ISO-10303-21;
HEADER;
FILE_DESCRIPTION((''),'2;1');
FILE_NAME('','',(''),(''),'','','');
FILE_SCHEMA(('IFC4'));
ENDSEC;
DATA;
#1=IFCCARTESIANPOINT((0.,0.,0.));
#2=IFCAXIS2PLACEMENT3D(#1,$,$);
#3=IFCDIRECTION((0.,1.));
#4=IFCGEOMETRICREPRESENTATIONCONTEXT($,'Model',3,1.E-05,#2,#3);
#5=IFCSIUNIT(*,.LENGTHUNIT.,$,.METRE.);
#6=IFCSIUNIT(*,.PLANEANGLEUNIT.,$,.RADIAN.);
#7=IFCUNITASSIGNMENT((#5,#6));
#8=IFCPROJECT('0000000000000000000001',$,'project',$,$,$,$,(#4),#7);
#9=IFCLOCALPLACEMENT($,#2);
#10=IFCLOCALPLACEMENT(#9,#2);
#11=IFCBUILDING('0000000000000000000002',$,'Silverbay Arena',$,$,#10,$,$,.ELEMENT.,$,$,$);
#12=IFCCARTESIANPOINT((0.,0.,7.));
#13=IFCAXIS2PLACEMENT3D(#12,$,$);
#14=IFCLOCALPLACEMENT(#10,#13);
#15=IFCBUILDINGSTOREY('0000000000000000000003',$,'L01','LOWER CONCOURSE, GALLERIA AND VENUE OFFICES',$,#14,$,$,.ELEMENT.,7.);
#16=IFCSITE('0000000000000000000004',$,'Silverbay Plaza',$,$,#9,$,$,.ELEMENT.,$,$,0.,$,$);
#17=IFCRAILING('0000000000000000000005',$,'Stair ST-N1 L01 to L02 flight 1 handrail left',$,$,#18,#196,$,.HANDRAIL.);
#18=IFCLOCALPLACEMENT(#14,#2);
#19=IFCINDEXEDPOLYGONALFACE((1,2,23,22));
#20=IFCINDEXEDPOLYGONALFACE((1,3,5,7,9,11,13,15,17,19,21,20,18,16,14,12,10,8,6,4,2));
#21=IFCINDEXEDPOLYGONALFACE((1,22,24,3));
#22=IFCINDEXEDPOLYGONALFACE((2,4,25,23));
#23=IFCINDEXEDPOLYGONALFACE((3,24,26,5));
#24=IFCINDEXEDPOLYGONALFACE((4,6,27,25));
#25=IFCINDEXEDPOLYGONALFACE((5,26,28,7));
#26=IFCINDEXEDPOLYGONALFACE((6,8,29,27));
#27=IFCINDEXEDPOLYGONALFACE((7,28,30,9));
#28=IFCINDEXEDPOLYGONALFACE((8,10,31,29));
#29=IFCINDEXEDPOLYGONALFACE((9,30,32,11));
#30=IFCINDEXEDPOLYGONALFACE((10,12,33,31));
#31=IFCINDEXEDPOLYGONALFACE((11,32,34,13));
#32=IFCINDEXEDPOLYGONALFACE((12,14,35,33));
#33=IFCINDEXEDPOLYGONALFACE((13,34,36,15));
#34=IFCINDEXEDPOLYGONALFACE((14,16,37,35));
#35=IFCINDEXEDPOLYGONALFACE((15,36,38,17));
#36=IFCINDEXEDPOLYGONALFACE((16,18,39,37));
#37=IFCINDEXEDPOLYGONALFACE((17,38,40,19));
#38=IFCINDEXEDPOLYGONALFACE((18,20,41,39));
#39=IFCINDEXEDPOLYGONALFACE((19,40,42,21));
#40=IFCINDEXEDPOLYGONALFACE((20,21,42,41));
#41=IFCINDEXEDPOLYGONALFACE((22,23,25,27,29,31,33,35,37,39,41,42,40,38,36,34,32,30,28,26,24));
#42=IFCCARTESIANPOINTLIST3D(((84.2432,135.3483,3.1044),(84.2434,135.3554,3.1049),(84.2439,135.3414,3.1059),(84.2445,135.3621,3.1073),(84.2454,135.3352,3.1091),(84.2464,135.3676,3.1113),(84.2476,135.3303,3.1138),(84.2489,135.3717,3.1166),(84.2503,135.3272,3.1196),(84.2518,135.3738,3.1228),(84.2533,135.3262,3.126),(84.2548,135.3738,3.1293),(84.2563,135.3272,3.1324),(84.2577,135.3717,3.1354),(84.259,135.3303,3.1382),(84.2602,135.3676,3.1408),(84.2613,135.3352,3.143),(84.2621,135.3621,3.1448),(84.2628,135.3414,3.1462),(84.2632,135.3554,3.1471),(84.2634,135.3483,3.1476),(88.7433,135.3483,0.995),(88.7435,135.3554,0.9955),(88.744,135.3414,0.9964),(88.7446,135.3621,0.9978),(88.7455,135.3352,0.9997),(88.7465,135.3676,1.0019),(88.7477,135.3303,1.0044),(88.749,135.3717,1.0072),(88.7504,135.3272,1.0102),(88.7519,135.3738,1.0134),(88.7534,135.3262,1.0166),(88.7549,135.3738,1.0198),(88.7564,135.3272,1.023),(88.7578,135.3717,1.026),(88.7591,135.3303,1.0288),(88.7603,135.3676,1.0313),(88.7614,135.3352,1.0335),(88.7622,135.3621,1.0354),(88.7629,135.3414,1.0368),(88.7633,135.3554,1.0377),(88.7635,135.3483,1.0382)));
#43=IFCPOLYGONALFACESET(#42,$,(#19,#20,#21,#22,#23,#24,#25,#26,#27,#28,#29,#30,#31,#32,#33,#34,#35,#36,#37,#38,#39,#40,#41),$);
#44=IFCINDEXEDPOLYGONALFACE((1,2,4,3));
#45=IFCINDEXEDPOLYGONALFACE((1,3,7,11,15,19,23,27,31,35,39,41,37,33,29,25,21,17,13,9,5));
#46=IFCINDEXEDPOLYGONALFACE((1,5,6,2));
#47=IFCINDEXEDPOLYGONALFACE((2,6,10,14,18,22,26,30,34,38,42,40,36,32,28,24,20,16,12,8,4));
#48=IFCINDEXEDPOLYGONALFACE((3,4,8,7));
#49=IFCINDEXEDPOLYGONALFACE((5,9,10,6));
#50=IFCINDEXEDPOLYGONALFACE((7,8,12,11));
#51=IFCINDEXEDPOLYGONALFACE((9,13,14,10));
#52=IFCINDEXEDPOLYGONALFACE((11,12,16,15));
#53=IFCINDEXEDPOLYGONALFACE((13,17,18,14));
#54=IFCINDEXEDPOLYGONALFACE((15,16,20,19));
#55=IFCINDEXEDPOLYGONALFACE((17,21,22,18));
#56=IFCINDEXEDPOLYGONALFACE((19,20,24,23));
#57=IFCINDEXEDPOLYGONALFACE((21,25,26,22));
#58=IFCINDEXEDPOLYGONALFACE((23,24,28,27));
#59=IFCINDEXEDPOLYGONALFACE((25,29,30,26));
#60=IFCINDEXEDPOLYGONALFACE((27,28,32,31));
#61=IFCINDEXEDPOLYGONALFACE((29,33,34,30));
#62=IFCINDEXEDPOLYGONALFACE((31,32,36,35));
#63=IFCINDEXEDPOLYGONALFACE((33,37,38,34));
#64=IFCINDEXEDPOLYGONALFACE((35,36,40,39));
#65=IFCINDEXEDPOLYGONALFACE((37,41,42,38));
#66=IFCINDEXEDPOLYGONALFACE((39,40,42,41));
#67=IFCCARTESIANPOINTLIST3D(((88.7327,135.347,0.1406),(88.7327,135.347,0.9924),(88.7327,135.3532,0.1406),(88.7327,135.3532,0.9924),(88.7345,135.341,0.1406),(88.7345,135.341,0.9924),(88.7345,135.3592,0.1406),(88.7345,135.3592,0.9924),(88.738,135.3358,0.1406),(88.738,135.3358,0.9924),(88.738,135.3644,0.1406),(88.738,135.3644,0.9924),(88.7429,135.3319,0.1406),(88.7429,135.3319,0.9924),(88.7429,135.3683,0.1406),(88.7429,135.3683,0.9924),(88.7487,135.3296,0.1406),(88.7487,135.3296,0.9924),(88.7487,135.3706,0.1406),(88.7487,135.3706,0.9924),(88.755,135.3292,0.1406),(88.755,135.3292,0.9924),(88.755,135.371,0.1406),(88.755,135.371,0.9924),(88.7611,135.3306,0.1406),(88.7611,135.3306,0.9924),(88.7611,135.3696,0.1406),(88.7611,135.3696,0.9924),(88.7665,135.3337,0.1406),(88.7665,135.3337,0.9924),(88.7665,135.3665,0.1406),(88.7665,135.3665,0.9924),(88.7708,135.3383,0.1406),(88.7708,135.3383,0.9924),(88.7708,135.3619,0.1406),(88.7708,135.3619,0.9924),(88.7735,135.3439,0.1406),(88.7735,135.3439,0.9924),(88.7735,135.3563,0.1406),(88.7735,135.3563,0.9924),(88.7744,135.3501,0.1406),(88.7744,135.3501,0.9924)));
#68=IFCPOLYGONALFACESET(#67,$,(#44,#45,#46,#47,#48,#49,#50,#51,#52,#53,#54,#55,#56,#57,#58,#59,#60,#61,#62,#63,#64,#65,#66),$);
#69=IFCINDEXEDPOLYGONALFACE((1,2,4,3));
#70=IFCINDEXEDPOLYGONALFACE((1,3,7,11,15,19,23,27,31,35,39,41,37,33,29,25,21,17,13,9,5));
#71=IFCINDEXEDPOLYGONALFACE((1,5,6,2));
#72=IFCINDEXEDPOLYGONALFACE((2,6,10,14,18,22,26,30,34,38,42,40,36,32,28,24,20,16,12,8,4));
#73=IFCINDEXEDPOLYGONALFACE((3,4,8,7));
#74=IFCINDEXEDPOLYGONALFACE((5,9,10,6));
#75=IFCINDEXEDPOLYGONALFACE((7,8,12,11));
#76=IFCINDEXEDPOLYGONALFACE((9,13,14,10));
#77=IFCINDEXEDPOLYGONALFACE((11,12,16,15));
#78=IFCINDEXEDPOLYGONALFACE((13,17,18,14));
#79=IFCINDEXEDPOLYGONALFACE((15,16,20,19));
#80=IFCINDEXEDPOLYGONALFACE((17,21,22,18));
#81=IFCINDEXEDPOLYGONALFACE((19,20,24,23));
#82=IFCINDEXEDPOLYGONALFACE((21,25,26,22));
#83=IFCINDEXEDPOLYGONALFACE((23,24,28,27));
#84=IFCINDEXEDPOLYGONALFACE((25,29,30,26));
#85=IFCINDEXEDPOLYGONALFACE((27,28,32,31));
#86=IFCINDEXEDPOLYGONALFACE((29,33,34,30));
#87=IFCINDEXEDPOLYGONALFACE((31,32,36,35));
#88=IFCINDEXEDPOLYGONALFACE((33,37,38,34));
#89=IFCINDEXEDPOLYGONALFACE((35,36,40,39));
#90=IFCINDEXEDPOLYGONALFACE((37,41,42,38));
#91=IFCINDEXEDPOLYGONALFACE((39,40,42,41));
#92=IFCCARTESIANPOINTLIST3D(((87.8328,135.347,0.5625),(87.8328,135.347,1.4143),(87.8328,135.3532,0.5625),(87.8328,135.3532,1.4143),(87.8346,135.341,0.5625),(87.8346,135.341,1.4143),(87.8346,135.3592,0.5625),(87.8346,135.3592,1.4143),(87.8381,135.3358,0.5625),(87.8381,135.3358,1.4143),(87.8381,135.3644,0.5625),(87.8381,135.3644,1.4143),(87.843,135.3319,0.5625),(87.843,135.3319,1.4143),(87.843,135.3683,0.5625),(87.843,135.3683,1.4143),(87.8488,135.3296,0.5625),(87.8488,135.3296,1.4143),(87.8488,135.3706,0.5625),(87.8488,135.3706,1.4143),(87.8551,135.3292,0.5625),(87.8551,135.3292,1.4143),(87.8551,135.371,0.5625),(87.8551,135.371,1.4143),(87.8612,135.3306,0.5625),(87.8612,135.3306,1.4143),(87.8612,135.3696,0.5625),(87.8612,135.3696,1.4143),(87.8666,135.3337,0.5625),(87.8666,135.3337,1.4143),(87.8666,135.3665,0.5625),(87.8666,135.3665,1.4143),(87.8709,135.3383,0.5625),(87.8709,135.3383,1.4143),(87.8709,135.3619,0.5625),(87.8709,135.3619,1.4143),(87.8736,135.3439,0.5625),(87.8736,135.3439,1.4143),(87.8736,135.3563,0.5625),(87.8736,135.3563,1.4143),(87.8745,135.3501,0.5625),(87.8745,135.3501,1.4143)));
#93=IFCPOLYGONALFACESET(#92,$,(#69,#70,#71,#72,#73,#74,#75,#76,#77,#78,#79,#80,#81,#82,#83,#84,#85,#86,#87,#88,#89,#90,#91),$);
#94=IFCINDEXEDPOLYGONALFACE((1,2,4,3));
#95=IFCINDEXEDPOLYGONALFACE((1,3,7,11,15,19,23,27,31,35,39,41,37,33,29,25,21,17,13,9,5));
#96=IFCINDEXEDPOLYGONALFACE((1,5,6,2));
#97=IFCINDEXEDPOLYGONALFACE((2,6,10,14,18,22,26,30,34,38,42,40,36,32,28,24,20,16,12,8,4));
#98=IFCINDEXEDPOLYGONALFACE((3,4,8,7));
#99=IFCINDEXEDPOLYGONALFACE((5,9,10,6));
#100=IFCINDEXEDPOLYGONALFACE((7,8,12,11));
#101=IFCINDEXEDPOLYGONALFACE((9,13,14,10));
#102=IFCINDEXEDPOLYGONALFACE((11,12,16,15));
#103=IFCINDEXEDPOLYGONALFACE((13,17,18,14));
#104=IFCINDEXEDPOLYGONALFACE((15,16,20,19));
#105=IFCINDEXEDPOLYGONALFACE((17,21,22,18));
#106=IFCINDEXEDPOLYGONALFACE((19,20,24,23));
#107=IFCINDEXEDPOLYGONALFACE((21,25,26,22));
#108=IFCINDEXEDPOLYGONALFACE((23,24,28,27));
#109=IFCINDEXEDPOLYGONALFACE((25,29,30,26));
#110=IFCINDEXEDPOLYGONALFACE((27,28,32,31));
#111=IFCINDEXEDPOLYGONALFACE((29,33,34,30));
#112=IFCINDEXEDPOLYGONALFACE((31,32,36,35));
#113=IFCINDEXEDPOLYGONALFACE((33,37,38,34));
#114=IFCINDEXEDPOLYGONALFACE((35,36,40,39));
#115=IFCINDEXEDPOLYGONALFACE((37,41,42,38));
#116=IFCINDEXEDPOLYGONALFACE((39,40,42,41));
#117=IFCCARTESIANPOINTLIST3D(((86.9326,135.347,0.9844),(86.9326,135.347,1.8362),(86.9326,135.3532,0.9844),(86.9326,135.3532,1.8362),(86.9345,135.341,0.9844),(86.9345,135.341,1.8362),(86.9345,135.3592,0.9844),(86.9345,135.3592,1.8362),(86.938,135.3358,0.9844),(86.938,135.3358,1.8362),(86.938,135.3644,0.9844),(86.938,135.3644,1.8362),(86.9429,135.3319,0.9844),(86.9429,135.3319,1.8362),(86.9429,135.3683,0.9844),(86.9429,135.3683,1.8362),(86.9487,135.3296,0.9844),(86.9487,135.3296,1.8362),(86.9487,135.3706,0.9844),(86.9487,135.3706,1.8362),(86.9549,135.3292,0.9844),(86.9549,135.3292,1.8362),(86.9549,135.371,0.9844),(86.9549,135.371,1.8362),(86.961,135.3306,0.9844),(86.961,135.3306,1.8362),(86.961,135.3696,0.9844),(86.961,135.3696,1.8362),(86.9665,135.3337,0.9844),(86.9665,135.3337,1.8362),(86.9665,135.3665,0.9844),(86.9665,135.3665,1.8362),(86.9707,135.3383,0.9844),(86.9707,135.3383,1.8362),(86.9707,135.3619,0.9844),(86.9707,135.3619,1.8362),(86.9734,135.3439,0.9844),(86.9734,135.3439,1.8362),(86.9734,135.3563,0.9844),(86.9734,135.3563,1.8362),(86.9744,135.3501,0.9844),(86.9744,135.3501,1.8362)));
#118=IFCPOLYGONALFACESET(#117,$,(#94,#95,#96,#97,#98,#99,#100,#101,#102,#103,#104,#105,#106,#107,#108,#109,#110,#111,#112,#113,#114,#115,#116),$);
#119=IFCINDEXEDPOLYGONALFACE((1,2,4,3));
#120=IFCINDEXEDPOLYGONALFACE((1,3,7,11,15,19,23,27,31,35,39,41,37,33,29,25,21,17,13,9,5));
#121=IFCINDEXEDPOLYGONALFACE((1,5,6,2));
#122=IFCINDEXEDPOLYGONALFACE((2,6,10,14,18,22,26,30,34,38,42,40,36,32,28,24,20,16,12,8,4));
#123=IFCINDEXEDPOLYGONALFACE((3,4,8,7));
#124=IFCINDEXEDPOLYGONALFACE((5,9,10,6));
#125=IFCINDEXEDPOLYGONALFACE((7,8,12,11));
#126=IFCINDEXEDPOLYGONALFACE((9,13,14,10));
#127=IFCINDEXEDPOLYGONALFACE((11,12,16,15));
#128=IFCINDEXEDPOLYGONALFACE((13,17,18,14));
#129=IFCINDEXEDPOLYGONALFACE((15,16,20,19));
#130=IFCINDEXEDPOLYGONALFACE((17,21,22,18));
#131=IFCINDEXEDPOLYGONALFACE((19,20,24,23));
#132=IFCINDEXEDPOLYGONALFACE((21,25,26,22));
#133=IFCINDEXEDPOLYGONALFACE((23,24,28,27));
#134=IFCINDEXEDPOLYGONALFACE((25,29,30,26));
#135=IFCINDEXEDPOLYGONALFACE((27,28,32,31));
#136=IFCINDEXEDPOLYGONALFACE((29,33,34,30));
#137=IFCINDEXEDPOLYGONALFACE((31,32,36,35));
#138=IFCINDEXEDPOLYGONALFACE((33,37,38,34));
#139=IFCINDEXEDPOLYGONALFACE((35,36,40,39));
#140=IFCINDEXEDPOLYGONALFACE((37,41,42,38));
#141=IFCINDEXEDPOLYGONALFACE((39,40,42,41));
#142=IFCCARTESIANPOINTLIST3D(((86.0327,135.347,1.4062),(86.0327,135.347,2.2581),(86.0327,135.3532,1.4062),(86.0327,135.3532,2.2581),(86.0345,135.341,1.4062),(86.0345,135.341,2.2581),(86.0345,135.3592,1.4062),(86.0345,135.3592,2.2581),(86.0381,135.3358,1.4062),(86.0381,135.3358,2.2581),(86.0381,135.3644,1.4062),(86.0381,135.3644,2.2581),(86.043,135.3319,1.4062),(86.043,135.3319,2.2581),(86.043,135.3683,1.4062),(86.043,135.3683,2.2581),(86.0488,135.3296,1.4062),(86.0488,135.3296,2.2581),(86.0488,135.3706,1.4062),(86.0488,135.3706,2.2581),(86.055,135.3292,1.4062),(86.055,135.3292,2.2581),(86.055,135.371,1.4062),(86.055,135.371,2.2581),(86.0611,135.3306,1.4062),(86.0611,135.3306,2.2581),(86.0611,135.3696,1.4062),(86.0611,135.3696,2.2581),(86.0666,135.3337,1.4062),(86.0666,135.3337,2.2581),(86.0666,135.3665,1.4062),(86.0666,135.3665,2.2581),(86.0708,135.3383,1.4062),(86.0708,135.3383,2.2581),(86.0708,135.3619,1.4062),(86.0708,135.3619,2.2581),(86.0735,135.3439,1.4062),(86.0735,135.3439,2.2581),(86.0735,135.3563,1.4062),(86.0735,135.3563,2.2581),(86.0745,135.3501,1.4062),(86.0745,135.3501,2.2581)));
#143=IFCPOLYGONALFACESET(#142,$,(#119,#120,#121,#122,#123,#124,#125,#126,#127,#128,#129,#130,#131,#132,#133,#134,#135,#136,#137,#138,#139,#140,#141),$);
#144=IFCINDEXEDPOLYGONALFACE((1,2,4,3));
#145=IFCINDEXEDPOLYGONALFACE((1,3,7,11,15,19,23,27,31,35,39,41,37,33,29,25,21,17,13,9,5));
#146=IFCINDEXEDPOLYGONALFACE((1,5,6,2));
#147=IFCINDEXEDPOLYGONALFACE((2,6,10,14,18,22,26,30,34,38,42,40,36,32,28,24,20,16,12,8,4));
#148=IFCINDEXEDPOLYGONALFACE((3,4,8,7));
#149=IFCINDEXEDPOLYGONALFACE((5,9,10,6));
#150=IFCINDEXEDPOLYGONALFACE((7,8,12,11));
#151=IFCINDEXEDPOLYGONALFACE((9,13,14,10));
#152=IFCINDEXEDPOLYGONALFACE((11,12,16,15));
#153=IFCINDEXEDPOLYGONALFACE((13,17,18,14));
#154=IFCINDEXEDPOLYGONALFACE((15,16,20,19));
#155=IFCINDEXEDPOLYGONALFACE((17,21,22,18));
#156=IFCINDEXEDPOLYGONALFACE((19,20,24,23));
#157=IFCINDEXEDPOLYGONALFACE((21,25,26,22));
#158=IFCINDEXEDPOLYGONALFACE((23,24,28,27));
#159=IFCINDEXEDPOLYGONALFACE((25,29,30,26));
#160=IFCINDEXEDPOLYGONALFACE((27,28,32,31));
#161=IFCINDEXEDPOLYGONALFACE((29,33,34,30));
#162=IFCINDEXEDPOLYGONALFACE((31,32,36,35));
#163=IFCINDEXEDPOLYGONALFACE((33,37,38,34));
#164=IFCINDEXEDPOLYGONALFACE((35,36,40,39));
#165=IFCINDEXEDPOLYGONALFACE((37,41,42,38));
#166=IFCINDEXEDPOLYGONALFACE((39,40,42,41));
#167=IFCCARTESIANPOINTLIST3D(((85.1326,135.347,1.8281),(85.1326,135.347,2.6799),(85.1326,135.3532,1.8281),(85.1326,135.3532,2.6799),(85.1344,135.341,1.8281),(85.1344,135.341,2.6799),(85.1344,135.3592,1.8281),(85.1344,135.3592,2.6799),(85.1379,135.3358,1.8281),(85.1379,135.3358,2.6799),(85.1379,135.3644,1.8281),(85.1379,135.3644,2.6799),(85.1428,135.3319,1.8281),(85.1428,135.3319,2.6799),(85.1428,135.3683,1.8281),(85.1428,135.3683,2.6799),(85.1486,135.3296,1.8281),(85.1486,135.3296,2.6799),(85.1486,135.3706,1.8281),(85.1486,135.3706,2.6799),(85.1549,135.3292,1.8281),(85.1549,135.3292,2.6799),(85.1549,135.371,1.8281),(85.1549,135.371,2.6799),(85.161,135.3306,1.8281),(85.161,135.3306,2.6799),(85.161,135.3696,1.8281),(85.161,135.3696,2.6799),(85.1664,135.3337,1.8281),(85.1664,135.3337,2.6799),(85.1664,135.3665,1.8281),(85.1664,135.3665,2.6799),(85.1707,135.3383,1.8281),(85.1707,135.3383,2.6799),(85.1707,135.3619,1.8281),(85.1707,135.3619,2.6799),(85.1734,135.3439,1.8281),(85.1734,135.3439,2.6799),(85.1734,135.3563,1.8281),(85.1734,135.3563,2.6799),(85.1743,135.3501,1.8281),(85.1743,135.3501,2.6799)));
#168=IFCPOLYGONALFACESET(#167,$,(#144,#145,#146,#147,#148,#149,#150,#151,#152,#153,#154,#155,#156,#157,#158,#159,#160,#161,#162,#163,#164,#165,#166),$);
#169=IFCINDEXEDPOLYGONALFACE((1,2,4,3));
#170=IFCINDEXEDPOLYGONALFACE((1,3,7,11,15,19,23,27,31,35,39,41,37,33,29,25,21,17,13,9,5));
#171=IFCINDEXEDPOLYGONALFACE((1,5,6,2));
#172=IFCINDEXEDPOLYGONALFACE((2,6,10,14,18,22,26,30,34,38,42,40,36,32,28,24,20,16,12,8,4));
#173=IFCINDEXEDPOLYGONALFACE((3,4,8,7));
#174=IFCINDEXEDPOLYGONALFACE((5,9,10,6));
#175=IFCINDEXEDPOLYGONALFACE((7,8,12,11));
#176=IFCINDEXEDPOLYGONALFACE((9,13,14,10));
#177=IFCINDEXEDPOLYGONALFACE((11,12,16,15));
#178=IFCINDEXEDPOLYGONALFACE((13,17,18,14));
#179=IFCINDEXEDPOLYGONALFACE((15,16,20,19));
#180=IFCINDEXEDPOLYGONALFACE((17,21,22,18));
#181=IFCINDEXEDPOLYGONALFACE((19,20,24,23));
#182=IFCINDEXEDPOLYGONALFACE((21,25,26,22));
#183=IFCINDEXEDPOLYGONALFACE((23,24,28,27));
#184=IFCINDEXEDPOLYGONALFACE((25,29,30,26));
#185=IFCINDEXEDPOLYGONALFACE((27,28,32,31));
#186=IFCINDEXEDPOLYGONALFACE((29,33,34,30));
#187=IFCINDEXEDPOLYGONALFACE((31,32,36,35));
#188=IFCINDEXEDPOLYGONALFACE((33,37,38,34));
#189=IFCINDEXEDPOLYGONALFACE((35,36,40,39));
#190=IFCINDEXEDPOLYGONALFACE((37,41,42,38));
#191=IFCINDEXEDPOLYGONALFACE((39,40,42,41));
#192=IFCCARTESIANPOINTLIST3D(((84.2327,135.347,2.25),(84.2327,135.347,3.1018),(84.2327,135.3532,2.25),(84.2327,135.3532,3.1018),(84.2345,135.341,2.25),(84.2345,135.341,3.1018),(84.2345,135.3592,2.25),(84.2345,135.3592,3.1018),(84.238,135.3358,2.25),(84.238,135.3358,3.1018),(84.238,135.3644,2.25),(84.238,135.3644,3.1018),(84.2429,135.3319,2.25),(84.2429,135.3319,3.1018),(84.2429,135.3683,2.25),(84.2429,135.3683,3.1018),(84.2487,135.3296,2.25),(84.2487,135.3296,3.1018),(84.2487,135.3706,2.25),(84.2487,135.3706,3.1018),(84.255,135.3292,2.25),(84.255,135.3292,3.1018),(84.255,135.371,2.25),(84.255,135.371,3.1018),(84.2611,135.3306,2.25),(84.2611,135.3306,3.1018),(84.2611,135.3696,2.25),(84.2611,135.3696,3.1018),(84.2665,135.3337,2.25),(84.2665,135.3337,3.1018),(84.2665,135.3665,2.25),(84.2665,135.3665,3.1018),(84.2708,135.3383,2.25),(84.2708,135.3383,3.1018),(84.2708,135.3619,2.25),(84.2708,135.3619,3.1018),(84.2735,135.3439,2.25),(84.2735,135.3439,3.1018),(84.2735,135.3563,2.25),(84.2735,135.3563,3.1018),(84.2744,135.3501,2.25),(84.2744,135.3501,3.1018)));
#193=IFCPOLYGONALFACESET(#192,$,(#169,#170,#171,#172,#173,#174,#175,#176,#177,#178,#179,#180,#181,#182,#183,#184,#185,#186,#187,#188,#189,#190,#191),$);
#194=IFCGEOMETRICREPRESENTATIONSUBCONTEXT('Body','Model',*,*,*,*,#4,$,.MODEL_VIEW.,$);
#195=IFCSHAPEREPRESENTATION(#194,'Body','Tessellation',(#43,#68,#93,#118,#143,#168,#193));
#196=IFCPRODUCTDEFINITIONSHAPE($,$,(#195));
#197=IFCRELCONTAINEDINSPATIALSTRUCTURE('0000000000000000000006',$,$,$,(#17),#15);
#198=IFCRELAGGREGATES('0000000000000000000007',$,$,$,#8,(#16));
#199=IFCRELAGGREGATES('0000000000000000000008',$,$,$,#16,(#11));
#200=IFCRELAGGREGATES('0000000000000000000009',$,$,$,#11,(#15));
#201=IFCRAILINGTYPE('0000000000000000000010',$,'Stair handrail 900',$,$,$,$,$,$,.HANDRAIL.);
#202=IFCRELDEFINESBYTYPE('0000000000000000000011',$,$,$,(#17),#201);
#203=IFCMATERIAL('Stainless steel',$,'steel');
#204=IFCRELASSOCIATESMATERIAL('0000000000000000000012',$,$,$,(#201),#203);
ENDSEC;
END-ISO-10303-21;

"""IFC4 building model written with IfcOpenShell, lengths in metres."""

from ifc_helpers import new_model, si_unit, direction, frame, origin, origin_2d, place, context, subcontext, project, spatial, circle, extrude, material, type_object, element, save


model = new_model("IFC4")

# Units and contexts
model_context = context("Model", 3, precision=1e-05, world=origin(), true_north=direction((0.0, 1.0)))
body_context = subcontext(model_context, "Body", "Model", "MODEL_VIEW")
ifc_project = project(units=[si_unit("LENGTHUNIT", "METRE"), si_unit("PLANEANGLEUNIT", "RADIAN")], contexts=[model_context])

# Site, building, storey
site_placement = place(None, origin())
site = spatial("IfcSite", under=ifc_project, at=site_placement, Name="Silverbay Plaza", CompositionType="ELEMENT", RefElevation=0.0)
building_placement = place(site_placement, origin())
building = spatial("IfcBuilding", under=site, at=building_placement, Name="Silverbay Arena", CompositionType="ELEMENT")
storey_placement = place(building_placement, frame((0.0, 0.0, 7.0)))
storey = spatial("IfcBuildingStorey", under=building, at=storey_placement, Name="L01", Description="LOWER CONCOURSE, GALLERIA AND VENUE OFFICES", CompositionType="ELEMENT", Elevation=7.0)

# Railing
ifc_material_1 = material(Name="Stainless steel", Category="steel")
railing_type_1 = type_object("IfcRailingType", Name="Stair handrail 900", PredefinedType="HANDRAIL", material=ifc_material_1)
for number, where, name in (
    (1, (88.7534, 135.3501, 0.1406), "Stair ST-N1 L01 to L02 flight 1 handrail left"),
):
    element("IfcRailing", number, at=place(storey_placement, frame(where)), inside=storey, type_object=railing_type_1, Name=name, PredefinedType="HANDRAIL", context=body_context, shape_type="SweptSolid", body=[
        extrude(circle(Radius=0.0239, at=origin_2d()), frame((0.0, 0.0, 0.876), z_axis=(-0.905459, 0.0, 0.424434), x_axis=(0.0, -1.0, 0.0)), (0.0, 0.0, 1.0), 4.97),
        extrude(circle(Radius=0.021, at=origin_2d()), origin(), (0.0, 0.0, 1.0), 0.8518),
        extrude(circle(Radius=0.021, at=origin_2d()), frame((-0.8999, 0.0, 0.4219)), (0.0, 0.0, 1.0), 0.8518),
        extrude(circle(Radius=0.021, at=origin_2d()), frame((-1.8, 0.0, 0.8438)), (0.0, 0.0, 1.0), 0.8518),
        extrude(circle(Radius=0.021, at=origin_2d()), frame((-2.7, 0.0, 1.2656)), (0.0, 0.0, 1.0), 0.8518),
        extrude(circle(Radius=0.021, at=origin_2d()), frame((-3.6001, 0.0, 1.6875)), (0.0, 0.0, 1.0), 0.8518),
        extrude(circle(Radius=0.021, at=origin_2d()), frame((-4.5, 0.0, 2.1094)), (0.0, 0.0, 1.0), 0.8518),
    ])

save(model, "model.ifc")
